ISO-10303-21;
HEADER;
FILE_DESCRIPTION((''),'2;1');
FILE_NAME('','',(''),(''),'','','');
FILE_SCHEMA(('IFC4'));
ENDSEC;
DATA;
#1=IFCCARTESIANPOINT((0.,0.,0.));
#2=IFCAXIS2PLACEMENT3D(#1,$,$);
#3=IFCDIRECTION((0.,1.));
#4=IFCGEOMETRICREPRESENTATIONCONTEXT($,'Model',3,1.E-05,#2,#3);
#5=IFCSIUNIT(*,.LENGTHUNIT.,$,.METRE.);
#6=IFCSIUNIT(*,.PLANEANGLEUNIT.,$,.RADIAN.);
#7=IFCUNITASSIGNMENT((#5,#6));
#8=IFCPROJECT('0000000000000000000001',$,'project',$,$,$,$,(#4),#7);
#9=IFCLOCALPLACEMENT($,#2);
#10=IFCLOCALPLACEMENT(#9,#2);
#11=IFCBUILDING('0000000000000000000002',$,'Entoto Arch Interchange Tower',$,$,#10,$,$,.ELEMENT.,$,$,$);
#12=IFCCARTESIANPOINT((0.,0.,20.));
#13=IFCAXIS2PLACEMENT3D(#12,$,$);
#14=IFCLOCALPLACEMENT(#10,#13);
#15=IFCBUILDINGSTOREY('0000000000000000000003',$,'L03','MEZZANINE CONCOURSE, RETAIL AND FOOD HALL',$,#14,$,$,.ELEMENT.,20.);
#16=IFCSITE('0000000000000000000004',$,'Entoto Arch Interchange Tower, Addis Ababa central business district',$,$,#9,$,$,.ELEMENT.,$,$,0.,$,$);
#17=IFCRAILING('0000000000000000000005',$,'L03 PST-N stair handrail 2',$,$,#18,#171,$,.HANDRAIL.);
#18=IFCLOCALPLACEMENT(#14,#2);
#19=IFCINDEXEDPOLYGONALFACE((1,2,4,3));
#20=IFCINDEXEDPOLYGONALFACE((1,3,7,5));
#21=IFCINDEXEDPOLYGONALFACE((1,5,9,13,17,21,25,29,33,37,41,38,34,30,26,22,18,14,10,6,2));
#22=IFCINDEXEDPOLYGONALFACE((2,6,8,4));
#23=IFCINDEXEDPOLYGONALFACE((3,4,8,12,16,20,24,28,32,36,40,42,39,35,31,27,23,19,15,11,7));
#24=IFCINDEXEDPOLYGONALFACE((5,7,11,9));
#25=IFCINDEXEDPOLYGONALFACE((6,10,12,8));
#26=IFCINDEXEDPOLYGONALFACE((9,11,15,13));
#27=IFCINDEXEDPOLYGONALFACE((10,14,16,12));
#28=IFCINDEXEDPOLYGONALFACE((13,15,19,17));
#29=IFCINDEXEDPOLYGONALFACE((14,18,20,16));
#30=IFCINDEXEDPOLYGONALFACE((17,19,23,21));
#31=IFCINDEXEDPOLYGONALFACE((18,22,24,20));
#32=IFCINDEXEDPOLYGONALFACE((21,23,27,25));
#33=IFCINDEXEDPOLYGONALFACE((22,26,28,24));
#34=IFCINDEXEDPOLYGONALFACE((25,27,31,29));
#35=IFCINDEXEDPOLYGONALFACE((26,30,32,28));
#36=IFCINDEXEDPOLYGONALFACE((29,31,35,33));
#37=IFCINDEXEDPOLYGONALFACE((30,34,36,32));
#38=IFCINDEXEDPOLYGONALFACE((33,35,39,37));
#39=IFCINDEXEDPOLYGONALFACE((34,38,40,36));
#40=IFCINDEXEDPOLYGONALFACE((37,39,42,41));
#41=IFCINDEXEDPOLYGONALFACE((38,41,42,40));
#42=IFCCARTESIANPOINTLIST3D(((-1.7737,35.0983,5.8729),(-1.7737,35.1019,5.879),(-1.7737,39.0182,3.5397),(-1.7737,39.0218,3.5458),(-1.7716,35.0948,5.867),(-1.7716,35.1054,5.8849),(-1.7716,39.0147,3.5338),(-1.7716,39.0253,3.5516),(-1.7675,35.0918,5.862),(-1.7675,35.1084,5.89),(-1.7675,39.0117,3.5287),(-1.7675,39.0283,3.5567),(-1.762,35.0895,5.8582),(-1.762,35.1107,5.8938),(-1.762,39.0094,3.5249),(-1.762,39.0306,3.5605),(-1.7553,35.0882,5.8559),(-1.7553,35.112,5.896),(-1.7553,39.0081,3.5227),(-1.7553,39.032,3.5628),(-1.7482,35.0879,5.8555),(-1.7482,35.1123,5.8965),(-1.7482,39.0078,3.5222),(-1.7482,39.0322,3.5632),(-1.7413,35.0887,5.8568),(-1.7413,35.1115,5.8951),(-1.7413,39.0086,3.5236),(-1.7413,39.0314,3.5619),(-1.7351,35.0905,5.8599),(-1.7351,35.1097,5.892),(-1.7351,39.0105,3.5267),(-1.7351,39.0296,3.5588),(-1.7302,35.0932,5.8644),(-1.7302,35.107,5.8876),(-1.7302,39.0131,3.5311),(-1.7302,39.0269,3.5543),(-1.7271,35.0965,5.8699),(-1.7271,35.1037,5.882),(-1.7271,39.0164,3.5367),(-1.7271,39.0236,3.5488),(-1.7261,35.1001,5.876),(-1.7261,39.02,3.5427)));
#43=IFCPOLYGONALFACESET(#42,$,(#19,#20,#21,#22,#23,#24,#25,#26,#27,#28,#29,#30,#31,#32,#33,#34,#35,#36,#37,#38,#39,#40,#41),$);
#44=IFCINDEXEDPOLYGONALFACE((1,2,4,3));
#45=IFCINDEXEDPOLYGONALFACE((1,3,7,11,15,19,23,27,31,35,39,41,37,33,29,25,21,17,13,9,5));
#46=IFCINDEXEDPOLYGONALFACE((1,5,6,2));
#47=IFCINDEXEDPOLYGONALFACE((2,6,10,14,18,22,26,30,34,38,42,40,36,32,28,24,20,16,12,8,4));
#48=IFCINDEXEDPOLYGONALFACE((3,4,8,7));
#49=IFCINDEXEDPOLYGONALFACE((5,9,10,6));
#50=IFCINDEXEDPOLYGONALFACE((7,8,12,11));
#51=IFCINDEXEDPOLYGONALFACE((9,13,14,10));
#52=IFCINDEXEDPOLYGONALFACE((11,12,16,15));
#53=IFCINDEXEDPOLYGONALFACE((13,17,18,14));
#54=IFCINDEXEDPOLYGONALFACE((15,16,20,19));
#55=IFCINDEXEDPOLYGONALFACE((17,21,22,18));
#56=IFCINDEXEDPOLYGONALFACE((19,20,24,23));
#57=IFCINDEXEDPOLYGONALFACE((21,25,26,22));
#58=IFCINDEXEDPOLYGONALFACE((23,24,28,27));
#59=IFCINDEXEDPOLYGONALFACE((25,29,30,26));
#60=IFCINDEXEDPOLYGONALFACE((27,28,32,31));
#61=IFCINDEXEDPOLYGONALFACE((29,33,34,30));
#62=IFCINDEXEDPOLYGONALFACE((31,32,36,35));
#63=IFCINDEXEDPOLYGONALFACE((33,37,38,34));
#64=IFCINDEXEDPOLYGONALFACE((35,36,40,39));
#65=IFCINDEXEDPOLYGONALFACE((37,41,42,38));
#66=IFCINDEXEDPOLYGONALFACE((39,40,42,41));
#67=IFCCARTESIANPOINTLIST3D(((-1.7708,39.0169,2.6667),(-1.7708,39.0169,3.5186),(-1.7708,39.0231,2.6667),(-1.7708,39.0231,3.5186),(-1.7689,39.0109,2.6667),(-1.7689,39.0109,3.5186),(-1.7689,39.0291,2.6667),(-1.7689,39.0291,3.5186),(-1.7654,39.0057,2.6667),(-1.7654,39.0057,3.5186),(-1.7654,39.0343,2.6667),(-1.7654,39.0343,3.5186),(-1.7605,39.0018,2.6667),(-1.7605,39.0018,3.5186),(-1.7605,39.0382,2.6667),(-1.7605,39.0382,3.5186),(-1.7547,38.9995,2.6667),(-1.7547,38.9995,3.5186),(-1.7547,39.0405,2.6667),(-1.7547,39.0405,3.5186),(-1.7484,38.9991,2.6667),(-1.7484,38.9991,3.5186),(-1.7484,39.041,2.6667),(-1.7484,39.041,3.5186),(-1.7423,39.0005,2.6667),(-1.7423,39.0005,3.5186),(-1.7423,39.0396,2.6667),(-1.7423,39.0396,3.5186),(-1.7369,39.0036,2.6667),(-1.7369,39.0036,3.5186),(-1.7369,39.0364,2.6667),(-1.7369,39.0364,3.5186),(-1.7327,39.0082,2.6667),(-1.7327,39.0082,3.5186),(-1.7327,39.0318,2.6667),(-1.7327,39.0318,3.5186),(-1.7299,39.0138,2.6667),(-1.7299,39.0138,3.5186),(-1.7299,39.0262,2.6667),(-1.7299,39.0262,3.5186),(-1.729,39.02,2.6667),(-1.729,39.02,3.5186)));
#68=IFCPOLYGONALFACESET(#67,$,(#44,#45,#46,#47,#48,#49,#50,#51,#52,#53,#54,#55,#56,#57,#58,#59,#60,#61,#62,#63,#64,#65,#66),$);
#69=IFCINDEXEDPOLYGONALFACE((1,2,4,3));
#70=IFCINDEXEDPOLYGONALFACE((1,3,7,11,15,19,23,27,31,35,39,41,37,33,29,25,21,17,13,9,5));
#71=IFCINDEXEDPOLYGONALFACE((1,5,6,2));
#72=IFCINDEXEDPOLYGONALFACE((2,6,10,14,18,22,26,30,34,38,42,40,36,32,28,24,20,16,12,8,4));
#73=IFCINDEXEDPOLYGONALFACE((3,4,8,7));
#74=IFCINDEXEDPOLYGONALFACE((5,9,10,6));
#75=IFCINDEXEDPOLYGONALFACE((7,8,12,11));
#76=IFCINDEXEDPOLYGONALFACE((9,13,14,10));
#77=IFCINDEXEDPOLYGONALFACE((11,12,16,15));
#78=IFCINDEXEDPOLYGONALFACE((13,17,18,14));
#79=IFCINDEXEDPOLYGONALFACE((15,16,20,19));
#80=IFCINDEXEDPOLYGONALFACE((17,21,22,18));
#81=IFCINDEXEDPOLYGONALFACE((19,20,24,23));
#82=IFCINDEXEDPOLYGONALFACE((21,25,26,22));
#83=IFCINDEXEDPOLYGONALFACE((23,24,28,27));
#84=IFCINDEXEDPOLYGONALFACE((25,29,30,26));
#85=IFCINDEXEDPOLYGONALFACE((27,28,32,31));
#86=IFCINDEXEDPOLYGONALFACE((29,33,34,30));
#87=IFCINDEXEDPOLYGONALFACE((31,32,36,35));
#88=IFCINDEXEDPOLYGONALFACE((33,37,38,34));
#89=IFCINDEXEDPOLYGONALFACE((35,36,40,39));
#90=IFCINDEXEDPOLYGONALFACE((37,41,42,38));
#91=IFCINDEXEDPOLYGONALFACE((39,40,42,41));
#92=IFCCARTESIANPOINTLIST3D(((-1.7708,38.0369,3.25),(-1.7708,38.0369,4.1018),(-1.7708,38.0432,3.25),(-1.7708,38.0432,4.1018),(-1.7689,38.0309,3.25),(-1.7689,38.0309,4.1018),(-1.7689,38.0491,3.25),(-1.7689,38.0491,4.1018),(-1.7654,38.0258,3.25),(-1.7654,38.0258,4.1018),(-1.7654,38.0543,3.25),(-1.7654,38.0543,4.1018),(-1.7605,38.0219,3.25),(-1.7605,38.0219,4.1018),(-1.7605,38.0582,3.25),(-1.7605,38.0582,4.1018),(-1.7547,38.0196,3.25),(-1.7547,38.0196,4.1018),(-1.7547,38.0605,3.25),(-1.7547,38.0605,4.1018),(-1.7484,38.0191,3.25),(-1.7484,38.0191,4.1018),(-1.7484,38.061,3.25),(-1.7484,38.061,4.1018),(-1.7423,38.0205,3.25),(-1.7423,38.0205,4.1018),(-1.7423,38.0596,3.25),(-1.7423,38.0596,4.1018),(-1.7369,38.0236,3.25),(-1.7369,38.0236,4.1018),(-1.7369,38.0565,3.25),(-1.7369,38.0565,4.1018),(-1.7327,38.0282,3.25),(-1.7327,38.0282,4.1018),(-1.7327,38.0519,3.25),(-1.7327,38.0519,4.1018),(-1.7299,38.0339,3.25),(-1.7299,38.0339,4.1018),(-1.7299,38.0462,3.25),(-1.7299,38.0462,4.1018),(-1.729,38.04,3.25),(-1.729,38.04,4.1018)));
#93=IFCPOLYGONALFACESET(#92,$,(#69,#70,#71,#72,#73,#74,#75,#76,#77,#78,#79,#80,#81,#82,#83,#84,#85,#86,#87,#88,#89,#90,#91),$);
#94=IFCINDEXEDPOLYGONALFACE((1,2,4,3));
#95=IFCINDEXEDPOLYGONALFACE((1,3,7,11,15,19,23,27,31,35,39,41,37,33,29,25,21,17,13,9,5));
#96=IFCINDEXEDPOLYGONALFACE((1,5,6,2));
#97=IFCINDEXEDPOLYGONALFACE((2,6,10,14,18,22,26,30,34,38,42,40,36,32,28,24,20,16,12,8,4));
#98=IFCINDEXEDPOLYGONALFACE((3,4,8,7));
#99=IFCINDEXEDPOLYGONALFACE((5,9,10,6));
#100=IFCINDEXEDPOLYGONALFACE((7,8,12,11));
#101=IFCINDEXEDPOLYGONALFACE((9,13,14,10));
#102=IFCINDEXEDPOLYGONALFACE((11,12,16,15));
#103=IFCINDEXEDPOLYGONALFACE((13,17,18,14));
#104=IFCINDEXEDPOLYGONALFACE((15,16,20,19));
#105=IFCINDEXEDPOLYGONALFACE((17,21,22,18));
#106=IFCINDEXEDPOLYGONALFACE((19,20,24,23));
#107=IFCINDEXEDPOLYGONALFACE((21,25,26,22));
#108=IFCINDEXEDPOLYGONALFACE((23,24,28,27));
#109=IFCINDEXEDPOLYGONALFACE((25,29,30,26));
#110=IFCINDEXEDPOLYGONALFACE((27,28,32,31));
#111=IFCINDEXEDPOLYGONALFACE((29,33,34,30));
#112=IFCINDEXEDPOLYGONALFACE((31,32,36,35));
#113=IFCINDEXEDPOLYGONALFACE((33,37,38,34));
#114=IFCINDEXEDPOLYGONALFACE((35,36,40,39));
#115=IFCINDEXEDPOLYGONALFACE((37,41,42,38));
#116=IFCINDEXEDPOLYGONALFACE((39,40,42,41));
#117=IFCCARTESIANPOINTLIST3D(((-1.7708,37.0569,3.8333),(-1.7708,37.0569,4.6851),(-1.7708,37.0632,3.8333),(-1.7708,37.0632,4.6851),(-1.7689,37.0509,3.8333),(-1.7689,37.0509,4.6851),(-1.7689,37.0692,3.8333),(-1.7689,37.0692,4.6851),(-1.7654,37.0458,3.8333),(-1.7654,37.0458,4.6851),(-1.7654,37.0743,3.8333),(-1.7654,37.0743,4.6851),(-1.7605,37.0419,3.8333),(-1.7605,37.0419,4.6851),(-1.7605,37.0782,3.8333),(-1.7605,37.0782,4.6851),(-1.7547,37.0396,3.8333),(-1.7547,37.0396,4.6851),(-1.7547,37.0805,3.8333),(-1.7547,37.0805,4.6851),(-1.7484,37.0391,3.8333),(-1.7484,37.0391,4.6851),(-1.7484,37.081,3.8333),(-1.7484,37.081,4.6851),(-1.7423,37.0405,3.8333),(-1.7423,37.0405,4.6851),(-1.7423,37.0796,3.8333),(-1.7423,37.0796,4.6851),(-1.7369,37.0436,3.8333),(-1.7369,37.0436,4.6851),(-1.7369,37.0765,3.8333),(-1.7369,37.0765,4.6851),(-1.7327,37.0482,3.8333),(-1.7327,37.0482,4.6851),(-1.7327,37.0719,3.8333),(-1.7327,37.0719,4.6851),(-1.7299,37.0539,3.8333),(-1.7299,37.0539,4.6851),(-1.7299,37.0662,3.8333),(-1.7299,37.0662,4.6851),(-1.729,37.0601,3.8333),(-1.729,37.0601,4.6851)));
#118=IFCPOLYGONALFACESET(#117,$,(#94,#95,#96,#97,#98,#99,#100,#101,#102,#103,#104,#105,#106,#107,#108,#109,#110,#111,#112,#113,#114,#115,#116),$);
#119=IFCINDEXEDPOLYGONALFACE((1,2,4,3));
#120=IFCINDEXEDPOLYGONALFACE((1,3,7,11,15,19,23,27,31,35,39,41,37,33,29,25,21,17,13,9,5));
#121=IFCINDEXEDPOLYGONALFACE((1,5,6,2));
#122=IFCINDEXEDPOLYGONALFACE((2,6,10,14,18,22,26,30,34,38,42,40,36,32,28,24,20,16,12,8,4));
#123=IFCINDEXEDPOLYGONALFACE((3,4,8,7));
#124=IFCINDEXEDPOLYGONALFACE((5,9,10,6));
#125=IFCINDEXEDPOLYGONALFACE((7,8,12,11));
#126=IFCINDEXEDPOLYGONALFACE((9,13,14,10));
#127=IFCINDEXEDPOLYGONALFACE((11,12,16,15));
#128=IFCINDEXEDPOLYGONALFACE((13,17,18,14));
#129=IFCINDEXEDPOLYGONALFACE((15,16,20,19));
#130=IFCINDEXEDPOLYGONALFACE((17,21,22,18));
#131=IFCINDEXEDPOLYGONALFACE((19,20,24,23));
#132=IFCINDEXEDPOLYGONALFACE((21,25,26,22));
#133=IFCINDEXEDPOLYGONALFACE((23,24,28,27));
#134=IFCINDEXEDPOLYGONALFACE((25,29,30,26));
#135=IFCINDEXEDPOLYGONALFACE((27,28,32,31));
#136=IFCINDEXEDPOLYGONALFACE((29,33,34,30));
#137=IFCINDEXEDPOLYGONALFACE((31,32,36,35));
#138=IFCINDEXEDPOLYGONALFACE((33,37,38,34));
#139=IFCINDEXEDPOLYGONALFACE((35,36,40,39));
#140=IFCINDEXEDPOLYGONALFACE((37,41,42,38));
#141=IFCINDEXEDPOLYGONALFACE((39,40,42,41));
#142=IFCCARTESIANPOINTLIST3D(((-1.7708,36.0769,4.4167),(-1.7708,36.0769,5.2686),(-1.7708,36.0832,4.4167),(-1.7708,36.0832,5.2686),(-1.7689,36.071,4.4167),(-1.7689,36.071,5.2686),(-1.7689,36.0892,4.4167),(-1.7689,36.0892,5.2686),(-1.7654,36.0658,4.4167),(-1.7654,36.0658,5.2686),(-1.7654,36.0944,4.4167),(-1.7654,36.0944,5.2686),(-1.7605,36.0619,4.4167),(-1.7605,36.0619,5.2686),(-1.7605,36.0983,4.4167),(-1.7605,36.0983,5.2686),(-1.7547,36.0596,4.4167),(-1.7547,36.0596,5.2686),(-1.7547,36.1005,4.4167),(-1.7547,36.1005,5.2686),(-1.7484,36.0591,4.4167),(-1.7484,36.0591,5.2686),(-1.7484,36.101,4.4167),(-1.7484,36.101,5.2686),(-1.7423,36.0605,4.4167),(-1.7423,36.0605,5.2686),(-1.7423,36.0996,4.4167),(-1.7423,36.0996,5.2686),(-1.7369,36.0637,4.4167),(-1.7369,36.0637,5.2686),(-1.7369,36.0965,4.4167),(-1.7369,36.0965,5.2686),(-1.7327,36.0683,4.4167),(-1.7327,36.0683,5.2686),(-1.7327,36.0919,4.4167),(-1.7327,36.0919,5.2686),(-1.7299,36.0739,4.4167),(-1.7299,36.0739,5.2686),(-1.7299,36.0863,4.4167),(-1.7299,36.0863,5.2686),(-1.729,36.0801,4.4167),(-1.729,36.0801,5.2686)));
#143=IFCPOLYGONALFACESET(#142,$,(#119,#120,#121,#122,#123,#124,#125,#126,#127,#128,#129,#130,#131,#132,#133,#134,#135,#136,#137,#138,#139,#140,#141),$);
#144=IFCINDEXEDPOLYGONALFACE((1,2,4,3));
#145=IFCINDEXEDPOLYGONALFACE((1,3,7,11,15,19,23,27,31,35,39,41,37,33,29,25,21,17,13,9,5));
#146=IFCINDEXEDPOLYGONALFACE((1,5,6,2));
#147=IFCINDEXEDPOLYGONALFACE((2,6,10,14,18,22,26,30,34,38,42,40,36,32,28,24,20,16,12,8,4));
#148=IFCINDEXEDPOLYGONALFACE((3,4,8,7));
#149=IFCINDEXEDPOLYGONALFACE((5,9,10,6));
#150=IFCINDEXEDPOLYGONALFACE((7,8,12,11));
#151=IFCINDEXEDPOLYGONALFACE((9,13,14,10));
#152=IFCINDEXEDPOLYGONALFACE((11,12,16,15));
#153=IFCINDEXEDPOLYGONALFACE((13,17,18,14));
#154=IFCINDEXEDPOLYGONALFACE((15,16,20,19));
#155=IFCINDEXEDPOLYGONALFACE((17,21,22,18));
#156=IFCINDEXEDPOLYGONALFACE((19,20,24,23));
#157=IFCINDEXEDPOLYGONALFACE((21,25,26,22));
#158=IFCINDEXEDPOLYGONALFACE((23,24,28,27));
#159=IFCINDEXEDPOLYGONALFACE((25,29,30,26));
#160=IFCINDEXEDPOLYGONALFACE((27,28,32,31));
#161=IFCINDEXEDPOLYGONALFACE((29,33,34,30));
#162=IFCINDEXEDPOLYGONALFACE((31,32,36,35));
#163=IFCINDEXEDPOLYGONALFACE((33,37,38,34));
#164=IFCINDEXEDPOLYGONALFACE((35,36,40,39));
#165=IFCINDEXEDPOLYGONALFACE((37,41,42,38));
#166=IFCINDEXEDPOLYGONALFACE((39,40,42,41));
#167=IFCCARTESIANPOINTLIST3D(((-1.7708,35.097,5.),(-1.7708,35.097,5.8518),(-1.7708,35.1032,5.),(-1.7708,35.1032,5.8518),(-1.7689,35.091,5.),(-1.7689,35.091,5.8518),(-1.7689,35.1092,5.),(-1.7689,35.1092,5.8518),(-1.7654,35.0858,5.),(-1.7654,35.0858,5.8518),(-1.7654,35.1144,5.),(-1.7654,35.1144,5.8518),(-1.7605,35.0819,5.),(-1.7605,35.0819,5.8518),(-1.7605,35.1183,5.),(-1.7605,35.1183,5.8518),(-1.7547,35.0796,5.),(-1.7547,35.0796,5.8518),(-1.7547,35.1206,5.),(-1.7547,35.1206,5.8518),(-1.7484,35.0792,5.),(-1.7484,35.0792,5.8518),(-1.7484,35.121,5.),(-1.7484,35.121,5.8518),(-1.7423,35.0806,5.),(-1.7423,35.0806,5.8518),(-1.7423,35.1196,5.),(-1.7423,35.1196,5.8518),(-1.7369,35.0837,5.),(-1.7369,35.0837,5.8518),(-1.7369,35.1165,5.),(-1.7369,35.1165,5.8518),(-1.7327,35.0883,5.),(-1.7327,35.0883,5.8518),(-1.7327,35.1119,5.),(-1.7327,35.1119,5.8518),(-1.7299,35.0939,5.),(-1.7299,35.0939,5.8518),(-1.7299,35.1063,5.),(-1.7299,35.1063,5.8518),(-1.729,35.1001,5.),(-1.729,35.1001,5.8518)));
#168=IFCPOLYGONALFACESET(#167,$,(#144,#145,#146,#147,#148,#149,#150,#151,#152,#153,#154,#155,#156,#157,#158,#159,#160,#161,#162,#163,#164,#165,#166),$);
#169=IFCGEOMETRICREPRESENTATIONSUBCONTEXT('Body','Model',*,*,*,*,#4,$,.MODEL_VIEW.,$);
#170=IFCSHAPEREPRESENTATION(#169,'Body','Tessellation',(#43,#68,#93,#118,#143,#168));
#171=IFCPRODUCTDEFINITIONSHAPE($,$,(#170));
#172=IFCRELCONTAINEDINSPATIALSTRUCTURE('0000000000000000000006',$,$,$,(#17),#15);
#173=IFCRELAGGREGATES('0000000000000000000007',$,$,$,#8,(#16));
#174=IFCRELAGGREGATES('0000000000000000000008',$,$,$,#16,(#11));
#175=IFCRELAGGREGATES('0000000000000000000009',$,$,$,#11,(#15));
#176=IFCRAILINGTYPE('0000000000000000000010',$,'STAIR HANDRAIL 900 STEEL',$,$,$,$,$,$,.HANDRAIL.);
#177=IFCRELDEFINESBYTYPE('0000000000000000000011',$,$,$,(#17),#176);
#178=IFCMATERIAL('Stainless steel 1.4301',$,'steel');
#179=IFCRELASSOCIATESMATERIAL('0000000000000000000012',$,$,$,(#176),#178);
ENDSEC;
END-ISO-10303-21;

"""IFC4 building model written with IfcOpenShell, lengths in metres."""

from ifc_helpers import new_model, si_unit, direction, frame, origin, origin_2d, place, context, subcontext, project, spatial, circle, extrude, material, type_object, element, save


model = new_model("IFC4")

# Units and contexts
model_context = context("Model", 3, precision=1e-05, world=origin(), true_north=direction((0.0, 1.0)))
body_context = subcontext(model_context, "Body", "Model", "MODEL_VIEW")
ifc_project = project(units=[si_unit("LENGTHUNIT", "METRE"), si_unit("PLANEANGLEUNIT", "RADIAN")], contexts=[model_context])

# Site, building, storey
site_placement = place(None, origin())
site = spatial("IfcSite", under=ifc_project, at=site_placement, Name="Entoto Arch Interchange Tower, Addis Ababa central business district", CompositionType="ELEMENT", RefElevation=0.0)
building_placement = place(site_placement, origin())
building = spatial("IfcBuilding", under=site, at=building_placement, Name="Entoto Arch Interchange Tower", CompositionType="ELEMENT")
storey_placement = place(building_placement, frame((0.0, 0.0, 20.0)))
storey = spatial("IfcBuildingStorey", under=building, at=storey_placement, Name="L03", Description="MEZZANINE CONCOURSE, RETAIL AND FOOD HALL", CompositionType="ELEMENT", Elevation=20.0)

# Railing
ifc_material_1 = material(Name="Stainless steel 1.4301", Category="steel")
railing_type_1 = type_object("IfcRailingType", Name="STAIR HANDRAIL 900 STEEL", PredefinedType="HANDRAIL", material=ifc_material_1)
railing_1_placement = place(storey_placement, frame((-1.75, 39.02, 2.6667)))
element("IfcRailing", 1, at=railing_1_placement, inside=storey, type_object=railing_type_1, Name="L03 PST-N stair handrail 2", PredefinedType="HANDRAIL", context=body_context, shape_type="SweptSolid", body=[
    extrude(circle(Radius=0.0239, at=origin_2d()), frame((0.0, 0.0, 0.876), z_axis=(0.0, -0.859296, 0.511478), x_axis=(1.0, 0.0, 0.0)), (0.0, 0.0, 1.0), 4.5618),
    extrude(circle(Radius=0.021, at=origin_2d()), origin(), (0.0, 0.0, 1.0), 0.8518),
    extrude(circle(Radius=0.021, at=origin_2d()), frame((0.0, -0.98, 0.5833)), (0.0, 0.0, 1.0), 0.8518),
    extrude(circle(Radius=0.021, at=origin_2d()), frame((0.0, -1.96, 1.1665)), (0.0, 0.0, 1.0), 0.8518),
    extrude(circle(Radius=0.021, at=origin_2d()), frame((0.0, -2.9399, 1.75)), (0.0, 0.0, 1.0), 0.8518),
    extrude(circle(Radius=0.021, at=origin_2d()), frame((0.0, -3.9199, 2.3333)), (0.0, 0.0, 1.0), 0.8518),
])

save(model, "model.ifc")
